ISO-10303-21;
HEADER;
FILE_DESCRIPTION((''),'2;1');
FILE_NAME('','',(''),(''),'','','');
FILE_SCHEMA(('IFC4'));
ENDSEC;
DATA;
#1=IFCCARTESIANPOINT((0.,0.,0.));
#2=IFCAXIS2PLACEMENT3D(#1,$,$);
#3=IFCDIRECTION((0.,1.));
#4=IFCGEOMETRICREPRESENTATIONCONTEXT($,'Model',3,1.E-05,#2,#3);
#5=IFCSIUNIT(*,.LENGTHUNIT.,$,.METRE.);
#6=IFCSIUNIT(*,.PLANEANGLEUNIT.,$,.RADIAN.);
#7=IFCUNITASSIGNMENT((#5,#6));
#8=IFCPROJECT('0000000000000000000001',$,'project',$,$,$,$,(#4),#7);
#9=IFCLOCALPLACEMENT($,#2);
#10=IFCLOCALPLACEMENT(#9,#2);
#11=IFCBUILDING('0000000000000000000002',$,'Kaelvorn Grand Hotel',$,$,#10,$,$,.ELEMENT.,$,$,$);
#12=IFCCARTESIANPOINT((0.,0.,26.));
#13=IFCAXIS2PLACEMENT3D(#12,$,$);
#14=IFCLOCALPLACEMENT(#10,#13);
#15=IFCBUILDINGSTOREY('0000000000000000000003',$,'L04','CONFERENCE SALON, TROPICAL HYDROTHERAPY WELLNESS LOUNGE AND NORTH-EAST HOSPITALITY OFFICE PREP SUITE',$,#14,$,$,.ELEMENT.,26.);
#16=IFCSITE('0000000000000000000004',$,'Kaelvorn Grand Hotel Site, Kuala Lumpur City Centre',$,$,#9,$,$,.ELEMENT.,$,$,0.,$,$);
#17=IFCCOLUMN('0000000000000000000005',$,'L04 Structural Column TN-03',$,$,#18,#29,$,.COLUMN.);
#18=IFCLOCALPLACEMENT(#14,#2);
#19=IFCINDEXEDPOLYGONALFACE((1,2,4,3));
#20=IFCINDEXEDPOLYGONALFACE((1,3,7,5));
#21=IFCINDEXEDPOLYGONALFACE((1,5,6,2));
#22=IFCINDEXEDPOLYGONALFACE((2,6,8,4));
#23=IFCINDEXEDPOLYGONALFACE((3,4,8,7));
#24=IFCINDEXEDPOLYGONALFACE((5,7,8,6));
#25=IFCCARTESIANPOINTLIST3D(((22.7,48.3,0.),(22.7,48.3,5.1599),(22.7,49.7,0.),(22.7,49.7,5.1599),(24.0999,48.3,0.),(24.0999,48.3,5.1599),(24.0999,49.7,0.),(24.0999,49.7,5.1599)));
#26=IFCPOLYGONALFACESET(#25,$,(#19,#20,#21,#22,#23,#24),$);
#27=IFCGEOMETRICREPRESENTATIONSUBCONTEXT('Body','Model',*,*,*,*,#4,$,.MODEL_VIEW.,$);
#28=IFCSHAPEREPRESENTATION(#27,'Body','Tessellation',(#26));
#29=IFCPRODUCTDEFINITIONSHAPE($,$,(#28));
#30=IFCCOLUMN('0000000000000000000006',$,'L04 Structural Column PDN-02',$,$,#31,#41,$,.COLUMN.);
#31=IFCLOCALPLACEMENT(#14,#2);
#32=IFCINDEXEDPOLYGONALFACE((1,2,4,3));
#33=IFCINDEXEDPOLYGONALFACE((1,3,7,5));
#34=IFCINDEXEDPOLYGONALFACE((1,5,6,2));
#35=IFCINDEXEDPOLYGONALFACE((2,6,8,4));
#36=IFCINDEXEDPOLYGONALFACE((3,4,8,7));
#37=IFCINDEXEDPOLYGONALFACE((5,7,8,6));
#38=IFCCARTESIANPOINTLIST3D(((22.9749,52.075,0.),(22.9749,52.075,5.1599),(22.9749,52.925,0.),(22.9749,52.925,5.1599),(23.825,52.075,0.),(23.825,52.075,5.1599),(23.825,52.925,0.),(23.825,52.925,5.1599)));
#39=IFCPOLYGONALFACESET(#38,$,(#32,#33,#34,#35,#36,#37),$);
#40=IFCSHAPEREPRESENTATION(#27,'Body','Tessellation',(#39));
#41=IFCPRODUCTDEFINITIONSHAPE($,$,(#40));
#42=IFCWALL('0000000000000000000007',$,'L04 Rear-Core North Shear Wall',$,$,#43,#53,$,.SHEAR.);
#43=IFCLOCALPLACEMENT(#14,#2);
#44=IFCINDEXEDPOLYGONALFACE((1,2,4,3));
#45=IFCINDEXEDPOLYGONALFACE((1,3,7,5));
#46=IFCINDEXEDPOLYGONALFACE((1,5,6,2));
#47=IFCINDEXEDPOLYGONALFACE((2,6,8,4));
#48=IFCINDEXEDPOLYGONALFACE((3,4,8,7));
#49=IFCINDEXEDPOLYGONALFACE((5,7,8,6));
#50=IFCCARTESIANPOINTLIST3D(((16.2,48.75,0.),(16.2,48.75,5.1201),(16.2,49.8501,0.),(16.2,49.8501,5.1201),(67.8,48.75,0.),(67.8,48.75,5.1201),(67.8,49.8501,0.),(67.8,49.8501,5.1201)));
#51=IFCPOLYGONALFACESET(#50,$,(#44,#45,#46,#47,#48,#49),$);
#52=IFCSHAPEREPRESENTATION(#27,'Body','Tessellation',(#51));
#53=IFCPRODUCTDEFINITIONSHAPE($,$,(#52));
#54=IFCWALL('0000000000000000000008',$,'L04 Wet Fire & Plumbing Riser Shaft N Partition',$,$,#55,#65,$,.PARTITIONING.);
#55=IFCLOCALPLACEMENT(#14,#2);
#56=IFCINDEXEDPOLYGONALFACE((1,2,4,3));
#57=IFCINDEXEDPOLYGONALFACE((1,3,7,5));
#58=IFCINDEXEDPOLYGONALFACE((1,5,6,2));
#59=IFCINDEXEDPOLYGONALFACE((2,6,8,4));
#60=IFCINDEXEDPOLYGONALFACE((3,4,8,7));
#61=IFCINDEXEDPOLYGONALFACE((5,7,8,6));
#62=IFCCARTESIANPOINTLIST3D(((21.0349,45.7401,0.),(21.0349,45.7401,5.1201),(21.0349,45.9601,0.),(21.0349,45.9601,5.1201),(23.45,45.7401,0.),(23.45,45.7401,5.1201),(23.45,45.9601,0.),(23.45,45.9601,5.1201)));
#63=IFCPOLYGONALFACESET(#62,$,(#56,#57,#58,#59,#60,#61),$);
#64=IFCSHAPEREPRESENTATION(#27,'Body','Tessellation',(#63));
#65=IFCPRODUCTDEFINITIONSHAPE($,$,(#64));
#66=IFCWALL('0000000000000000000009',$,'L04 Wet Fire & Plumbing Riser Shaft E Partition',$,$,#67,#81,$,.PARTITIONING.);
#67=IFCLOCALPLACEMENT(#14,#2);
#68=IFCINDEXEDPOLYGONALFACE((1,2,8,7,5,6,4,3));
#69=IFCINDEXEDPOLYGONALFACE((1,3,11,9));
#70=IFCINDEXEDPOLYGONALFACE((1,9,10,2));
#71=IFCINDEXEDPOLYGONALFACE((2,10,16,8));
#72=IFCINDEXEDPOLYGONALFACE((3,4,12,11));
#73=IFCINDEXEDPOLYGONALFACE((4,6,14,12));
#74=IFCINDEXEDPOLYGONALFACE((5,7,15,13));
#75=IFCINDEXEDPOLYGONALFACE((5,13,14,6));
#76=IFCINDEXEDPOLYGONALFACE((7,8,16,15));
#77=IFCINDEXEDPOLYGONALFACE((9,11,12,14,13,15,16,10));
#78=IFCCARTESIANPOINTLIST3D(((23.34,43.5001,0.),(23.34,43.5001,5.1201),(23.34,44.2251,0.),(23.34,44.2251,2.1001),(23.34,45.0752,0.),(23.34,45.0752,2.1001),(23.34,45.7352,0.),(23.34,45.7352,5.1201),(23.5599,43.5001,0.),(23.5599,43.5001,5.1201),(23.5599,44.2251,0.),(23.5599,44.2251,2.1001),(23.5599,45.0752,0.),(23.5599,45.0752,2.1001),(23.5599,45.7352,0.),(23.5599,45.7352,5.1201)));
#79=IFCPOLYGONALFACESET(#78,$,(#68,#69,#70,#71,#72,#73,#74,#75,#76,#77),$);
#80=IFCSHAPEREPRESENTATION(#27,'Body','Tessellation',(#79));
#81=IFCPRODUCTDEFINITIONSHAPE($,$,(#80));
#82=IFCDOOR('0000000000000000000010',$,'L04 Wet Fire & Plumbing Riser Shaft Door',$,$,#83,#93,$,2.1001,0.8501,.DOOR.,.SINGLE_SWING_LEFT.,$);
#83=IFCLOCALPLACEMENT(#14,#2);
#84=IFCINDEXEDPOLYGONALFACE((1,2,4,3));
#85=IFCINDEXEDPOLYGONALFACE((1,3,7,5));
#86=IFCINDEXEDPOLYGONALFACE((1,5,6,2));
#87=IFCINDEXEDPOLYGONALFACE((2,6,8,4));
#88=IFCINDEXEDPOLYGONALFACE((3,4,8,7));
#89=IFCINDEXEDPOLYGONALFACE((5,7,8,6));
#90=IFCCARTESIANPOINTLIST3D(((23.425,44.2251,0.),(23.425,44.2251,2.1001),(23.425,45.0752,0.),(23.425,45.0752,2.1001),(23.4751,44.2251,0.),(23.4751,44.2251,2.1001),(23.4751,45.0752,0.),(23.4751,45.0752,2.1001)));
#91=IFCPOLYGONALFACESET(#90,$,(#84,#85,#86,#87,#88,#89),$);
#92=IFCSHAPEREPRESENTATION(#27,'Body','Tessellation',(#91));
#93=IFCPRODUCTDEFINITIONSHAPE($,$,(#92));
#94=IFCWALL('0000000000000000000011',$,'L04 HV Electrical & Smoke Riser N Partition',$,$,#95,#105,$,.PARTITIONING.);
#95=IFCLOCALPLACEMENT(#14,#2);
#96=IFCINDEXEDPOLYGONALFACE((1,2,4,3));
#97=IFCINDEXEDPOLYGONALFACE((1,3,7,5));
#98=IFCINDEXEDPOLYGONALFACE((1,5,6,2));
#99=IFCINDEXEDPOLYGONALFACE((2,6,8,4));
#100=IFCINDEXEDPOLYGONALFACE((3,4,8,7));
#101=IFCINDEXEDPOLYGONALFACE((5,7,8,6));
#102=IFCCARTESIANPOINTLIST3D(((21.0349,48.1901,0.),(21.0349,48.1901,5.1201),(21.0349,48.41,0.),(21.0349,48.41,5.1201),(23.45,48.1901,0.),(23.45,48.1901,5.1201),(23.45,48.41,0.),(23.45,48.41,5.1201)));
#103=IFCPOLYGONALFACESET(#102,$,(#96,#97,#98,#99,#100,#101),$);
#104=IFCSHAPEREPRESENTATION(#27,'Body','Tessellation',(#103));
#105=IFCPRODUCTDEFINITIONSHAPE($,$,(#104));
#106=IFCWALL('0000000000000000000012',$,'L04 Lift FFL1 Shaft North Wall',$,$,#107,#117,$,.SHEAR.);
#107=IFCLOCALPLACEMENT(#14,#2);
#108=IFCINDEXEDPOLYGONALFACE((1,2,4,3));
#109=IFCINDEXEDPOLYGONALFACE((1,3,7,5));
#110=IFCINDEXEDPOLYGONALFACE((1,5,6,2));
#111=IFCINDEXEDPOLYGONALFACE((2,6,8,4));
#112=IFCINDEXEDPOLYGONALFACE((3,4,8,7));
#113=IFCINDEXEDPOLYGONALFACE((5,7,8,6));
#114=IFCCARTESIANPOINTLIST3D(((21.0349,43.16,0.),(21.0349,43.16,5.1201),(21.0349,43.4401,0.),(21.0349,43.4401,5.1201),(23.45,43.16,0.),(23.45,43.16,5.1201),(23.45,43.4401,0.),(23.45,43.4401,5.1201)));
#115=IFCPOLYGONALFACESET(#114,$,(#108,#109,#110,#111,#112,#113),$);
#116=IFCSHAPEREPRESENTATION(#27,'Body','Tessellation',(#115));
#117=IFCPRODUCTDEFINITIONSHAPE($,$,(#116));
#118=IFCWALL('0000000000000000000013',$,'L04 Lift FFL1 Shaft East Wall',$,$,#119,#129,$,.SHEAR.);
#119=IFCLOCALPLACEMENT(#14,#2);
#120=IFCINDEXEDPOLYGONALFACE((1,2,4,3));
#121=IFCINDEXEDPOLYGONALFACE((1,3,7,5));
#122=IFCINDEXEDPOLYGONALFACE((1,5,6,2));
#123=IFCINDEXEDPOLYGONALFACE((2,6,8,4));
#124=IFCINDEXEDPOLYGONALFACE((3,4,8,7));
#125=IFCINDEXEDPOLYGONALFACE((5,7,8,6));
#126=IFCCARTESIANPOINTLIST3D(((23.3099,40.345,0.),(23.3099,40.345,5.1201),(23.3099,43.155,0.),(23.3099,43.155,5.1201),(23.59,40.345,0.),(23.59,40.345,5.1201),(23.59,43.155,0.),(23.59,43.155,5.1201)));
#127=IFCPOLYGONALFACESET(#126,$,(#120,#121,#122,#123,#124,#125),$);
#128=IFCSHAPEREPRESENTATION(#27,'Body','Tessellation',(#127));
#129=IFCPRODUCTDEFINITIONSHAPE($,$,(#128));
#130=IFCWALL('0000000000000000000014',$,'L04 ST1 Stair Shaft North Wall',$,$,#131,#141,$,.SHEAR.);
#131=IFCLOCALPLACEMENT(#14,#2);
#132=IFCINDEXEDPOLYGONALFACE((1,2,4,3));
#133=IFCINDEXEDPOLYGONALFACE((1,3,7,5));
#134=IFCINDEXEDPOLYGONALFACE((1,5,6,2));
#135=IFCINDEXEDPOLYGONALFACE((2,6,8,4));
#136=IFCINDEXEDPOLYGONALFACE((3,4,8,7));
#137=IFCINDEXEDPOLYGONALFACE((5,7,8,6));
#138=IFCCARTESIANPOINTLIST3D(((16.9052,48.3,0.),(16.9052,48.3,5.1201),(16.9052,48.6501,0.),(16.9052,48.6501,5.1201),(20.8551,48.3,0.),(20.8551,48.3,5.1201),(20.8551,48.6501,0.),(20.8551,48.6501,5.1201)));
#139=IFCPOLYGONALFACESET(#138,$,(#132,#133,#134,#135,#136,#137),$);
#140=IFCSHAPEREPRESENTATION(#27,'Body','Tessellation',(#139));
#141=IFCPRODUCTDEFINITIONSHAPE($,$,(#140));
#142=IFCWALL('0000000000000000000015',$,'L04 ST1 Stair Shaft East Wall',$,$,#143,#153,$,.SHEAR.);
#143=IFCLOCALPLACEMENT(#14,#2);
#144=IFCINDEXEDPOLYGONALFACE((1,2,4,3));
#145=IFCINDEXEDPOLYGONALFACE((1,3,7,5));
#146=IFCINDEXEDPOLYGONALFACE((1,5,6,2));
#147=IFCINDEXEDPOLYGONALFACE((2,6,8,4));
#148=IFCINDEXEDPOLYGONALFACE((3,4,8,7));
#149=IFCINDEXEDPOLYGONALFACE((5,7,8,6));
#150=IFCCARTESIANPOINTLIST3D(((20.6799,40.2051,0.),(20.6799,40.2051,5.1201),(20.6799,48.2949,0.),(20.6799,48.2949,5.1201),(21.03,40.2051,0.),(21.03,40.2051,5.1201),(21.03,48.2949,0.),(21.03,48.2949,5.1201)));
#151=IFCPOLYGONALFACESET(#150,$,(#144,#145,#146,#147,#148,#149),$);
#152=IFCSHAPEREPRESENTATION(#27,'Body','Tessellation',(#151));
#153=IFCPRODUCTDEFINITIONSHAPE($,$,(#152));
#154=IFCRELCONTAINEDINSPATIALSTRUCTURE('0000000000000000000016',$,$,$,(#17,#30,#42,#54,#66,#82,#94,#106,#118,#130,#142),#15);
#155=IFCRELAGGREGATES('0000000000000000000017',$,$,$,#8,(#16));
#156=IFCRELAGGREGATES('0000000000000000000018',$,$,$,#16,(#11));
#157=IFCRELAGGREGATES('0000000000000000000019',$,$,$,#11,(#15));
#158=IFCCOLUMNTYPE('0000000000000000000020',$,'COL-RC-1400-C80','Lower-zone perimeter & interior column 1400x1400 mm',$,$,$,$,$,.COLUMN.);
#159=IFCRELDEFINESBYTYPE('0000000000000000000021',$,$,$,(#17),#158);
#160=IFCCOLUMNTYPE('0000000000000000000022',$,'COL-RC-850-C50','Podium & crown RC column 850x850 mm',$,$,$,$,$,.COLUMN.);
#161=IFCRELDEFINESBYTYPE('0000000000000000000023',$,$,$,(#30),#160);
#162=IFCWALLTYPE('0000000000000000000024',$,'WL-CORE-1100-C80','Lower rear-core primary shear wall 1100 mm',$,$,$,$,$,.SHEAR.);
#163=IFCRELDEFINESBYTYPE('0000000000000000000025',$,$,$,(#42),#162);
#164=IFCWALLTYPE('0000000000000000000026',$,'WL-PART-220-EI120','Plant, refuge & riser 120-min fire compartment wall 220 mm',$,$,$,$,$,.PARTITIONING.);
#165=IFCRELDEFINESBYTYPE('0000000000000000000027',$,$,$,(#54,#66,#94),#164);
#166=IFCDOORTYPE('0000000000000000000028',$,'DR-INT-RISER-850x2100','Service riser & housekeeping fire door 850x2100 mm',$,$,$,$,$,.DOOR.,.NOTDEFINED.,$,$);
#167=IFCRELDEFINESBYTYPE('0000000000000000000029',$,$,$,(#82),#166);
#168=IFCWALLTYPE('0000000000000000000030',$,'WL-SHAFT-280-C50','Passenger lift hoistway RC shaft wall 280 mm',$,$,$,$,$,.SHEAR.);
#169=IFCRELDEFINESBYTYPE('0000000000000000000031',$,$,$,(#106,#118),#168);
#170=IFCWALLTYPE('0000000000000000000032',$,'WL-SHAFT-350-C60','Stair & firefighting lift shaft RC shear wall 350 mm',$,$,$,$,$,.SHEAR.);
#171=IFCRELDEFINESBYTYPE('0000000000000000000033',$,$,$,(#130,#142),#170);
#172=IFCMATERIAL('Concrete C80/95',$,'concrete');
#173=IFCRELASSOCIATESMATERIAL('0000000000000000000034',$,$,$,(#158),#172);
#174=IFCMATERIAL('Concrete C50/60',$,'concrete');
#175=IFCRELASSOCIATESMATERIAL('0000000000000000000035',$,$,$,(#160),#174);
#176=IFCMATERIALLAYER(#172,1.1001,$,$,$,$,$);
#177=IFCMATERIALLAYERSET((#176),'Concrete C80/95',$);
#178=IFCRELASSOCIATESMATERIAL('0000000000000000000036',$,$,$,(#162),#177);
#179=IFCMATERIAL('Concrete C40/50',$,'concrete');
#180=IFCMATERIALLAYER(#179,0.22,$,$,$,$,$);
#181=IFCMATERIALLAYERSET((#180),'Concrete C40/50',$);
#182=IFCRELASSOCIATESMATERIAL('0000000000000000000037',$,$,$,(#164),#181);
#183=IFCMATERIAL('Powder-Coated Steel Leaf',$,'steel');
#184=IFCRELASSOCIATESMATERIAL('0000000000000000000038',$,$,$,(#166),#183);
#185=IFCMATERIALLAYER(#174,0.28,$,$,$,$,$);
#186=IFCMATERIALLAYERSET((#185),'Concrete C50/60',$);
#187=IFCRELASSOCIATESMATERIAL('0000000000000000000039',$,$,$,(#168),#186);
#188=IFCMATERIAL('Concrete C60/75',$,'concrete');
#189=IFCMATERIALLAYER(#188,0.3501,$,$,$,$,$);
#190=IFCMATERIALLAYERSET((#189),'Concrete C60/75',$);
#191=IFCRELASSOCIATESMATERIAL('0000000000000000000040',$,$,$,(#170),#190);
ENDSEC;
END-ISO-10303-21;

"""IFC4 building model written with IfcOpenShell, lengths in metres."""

from ifc_helpers import new_model, si_unit, direction, frame, frame_2d, origin, origin_2d, place, context, subcontext, project, spatial, rectangle, extrude, material, layer, layer_set, material_profile, profile_set, type_object, element, fill, save


model = new_model("IFC4")

# Units and contexts
model_context = context("Model", 3, precision=1e-05, world=origin(), true_north=direction((0.0, 1.0)))
body_context = subcontext(model_context, "Body", "Model", "MODEL_VIEW")
ifc_project = project(units=[si_unit("LENGTHUNIT", "METRE"), si_unit("PLANEANGLEUNIT", "RADIAN")], contexts=[model_context])

# Site, building, storey
site_placement = place(None, origin())
site = spatial("IfcSite", under=ifc_project, at=site_placement, Name="Kaelvorn Grand Hotel Site, Kuala Lumpur City Centre", CompositionType="ELEMENT", RefElevation=0.0)
building_placement = place(site_placement, origin())
building = spatial("IfcBuilding", under=site, at=building_placement, Name="Kaelvorn Grand Hotel", CompositionType="ELEMENT")
storey_placement = place(building_placement, frame((0.0, 0.0, 26.0)))
storey = spatial("IfcBuildingStorey", under=building, at=storey_placement, Name="L04", Description="CONFERENCE SALON, TROPICAL HYDROTHERAPY WELLNESS LOUNGE AND NORTH-EAST HOSPITALITY OFFICE PREP SUITE", CompositionType="ELEMENT", Elevation=26.0)

# Columns
ifc_material_1 = material(Name="Concrete C80/95", Category="concrete")
ifc_material_profile_1 = material_profile(ifc_material_1, rectangle(XDim=1.3999, YDim=1.3999, at=origin_2d()), Name="RC COL 1400x1400")
ifc_profile_set_1 = profile_set([ifc_material_profile_1], Name="Concrete C80/95")
column_type_1 = type_object("IfcColumnType", Name="COL-RC-1400-C80", Description="Lower-zone perimeter & interior column 1400x1400 mm", PredefinedType="COLUMN", material=ifc_profile_set_1)
column_1_placement = place(storey_placement, frame((23.3999, 49.0, 0.0), z_axis=(0.0, 0.0, 1.0), x_axis=(1.0, 0.0, 0.0)))
element("IfcColumn", 1, at=column_1_placement, inside=storey, type_object=column_type_1, Name="L04 Structural Column TN-03", PredefinedType="COLUMN", context=body_context, shape_type="SweptSolid", body=[
    extrude(rectangle(XDim=1.3999, YDim=1.3999, at=origin_2d()), origin(), (0.0, 0.0, 1.0), 5.1599),
])
ifc_material_2 = material(Name="Concrete C50/60", Category="concrete")
ifc_material_profile_2 = material_profile(ifc_material_2, rectangle(XDim=0.8501, YDim=0.8501, at=origin_2d()), Name="RC COL 850x850")
ifc_profile_set_2 = profile_set([ifc_material_profile_2], Name="Concrete C50/60")
column_type_2 = type_object("IfcColumnType", Name="COL-RC-850-C50", Description="Podium & crown RC column 850x850 mm", PredefinedType="COLUMN", material=ifc_profile_set_2)
column_2_placement = place(storey_placement, frame((23.3999, 52.5, 0.0), z_axis=(0.0, 0.0, 1.0), x_axis=(1.0, 0.0, 0.0)))
element("IfcColumn", 2, at=column_2_placement, inside=storey, type_object=column_type_2, Name="L04 Structural Column PDN-02", PredefinedType="COLUMN", context=body_context, shape_type="SweptSolid", body=[
    extrude(rectangle(XDim=0.8501, YDim=0.8501, at=origin_2d()), origin(), (0.0, 0.0, 1.0), 5.1599),
])

# Walls
ifc_layer_1 = layer(ifc_material_1, 1.1001)
ifc_layer_set_1 = layer_set([ifc_layer_1], Name="Concrete C80/95")
wall_type_1 = type_object("IfcWallType", Name="WL-CORE-1100-C80", Description="Lower rear-core primary shear wall 1100 mm", PredefinedType="SHEAR", material=ifc_layer_set_1)
wall_1_placement = place(storey_placement, frame((16.2, 49.3, 0.0), z_axis=(0.0, 0.0, 1.0), x_axis=(1.0, 0.0, 0.0)))
element("IfcWall", 3, at=wall_1_placement, inside=storey, type_object=wall_type_1, Name="L04 Rear-Core North Shear Wall", PredefinedType="SHEAR", context=body_context, shape_type="SweptSolid", body=[
    extrude(rectangle(XDim=51.6001, YDim=1.1001, at=frame_2d((25.8, 0.0))), origin(), (0.0, 0.0, 1.0), 5.1201),
])
ifc_material_3 = material(Name="Concrete C40/50", Category="concrete")
ifc_layer_2 = layer(ifc_material_3, 0.22)
ifc_layer_set_2 = layer_set([ifc_layer_2], Name="Concrete C40/50")
wall_type_2 = type_object("IfcWallType", Name="WL-PART-220-EI120", Description="Plant, refuge & riser 120-min fire compartment wall 220 mm", PredefinedType="PARTITIONING", material=ifc_layer_set_2)
wall_2_placement = place(storey_placement, frame((21.0349, 45.8501, 0.0), z_axis=(0.0, 0.0, 1.0), x_axis=(1.0, 0.0, 0.0)))
element("IfcWall", 4, at=wall_2_placement, inside=storey, type_object=wall_type_2, Name="L04 Wet Fire & Plumbing Riser Shaft N Partition", PredefinedType="PARTITIONING", context=body_context, shape_type="SweptSolid", body=[
    extrude(rectangle(XDim=2.415, YDim=0.22, at=frame_2d((1.2075, 0.0))), origin(), (0.0, 0.0, 1.0), 5.1201),
])

# Wall, opening, door
wall_3_placement = place(storey_placement, frame((23.45, 43.5, 0.0), z_axis=(0.0, 0.0, 1.0), x_axis=(0.0, 1.0, 0.0)))
wall_3 = element("IfcWall", 5, at=wall_3_placement, inside=storey, type_object=wall_type_2, Name="L04 Wet Fire & Plumbing Riser Shaft E Partition", PredefinedType="PARTITIONING", context=body_context, shape_type="SweptSolid", body=[
    extrude(rectangle(XDim=2.2351, YDim=0.22, at=frame_2d((1.1177, 0.0))), origin(), (0.0, 0.0, 1.0), 5.1201),
])
opening_placement = place(wall_3_placement, frame((0.7251, 0.0, 0.0)))
opening = element("IfcOpeningElement", 6, at=opening_placement, cuts=wall_3, PredefinedType="OPENING", context=body_context, shape_type="SweptSolid", body=[
    extrude(rectangle(XDim=0.8501, YDim=2.1001, at=frame_2d((0.425, 1.05))), frame((0.0, 0.1201, 0.0), z_axis=(0.0, -1.0, 0.0), x_axis=(1.0, 0.0, 0.0)), (0.0, 0.0, 1.0), 0.24),
])
ifc_material_4 = material(Name="Powder-Coated Steel Leaf", Category="steel")
door_type = type_object("IfcDoorType", Name="DR-INT-RISER-850x2100", Description="Service riser & housekeeping fire door 850x2100 mm", OperationType="NOTDEFINED", PredefinedType="DOOR", material=ifc_material_4)
door_placement = place(opening_placement, origin())
door = element("IfcDoor", 7, at=door_placement, inside=storey, type_object=door_type, Name="L04 Wet Fire & Plumbing Riser Shaft Door", OperationType="SINGLE_SWING_LEFT", OverallHeight=2.1001, OverallWidth=0.8501, PredefinedType="DOOR", context=body_context, shape_type="SweptSolid", body=[
    extrude(rectangle(XDim=0.8501, YDim=2.1001, at=frame_2d((0.425, 1.05))), frame((0.0, 0.0249, 0.0), z_axis=(0.0, -1.0, 0.0), x_axis=(1.0, 0.0, 0.0)), (0.0, 0.0, 1.0), 0.05),
])
fill(opening, door)

# Walls
wall_4_placement = place(storey_placement, frame((21.0349, 48.3, 0.0), z_axis=(0.0, 0.0, 1.0), x_axis=(1.0, 0.0, 0.0)))
element("IfcWall", 8, at=wall_4_placement, inside=storey, type_object=wall_type_2, Name="L04 HV Electrical & Smoke Riser N Partition", PredefinedType="PARTITIONING", context=body_context, shape_type="SweptSolid", body=[
    extrude(rectangle(XDim=2.415, YDim=0.22, at=frame_2d((1.2075, 0.0))), origin(), (0.0, 0.0, 1.0), 5.1201),
])
ifc_layer_3 = layer(ifc_material_2, 0.28)
ifc_layer_set_3 = layer_set([ifc_layer_3], Name="Concrete C50/60")
wall_type_3 = type_object("IfcWallType", Name="WL-SHAFT-280-C50", Description="Passenger lift hoistway RC shaft wall 280 mm", PredefinedType="SHEAR", material=ifc_layer_set_3)
wall_5_placement = place(storey_placement, frame((21.0349, 43.3, 0.0), z_axis=(0.0, 0.0, 1.0), x_axis=(1.0, 0.0, 0.0)))
element("IfcWall", 9, at=wall_5_placement, inside=storey, type_object=wall_type_3, Name="L04 Lift FFL1 Shaft North Wall", PredefinedType="SHEAR", context=body_context, shape_type="SweptSolid", body=[
    extrude(rectangle(XDim=2.415, YDim=0.28, at=frame_2d((1.2075, 0.0))), origin(), (0.0, 0.0, 1.0), 5.1201),
])
wall_6_placement = place(storey_placement, frame((23.45, 40.345, 0.0), z_axis=(0.0, 0.0, 1.0), x_axis=(0.0, 1.0, 0.0)))
element("IfcWall", 10, at=wall_6_placement, inside=storey, type_object=wall_type_3, Name="L04 Lift FFL1 Shaft East Wall", PredefinedType="SHEAR", context=body_context, shape_type="SweptSolid", body=[
    extrude(rectangle(XDim=2.8101, YDim=0.28, at=frame_2d((1.405, 0.0))), origin(), (0.0, 0.0, 1.0), 5.1201),
])
ifc_material_5 = material(Name="Concrete C60/75", Category="concrete")
ifc_layer_4 = layer(ifc_material_5, 0.3501)
ifc_layer_set_4 = layer_set([ifc_layer_4], Name="Concrete C60/75")
wall_type_4 = type_object("IfcWallType", Name="WL-SHAFT-350-C60", Description="Stair & firefighting lift shaft RC shear wall 350 mm", PredefinedType="SHEAR", material=ifc_layer_set_4)
wall_7_placement = place(storey_placement, frame((16.905, 48.4751, 0.0), z_axis=(0.0, 0.0, 1.0), x_axis=(1.0, 0.0, 0.0)))
element("IfcWall", 11, at=wall_7_placement, inside=storey, type_object=wall_type_4, Name="L04 ST1 Stair Shaft North Wall", PredefinedType="SHEAR", context=body_context, shape_type="SweptSolid", body=[
    extrude(rectangle(XDim=3.95, YDim=0.3501, at=frame_2d((1.9751, 0.0))), origin(), (0.0, 0.0, 1.0), 5.1201),
])
wall_8_placement = place(storey_placement, frame((20.855, 40.2051, 0.0), z_axis=(0.0, 0.0, 1.0), x_axis=(0.0, 1.0, 0.0)))
element("IfcWall", 12, at=wall_8_placement, inside=storey, type_object=wall_type_4, Name="L04 ST1 Stair Shaft East Wall", PredefinedType="SHEAR", context=body_context, shape_type="SweptSolid", body=[
    extrude(rectangle(XDim=8.0898, YDim=0.3501, at=frame_2d((4.0449, 0.0))), origin(), (0.0, 0.0, 1.0), 5.1201),
])

save(model, "model.ifc")
